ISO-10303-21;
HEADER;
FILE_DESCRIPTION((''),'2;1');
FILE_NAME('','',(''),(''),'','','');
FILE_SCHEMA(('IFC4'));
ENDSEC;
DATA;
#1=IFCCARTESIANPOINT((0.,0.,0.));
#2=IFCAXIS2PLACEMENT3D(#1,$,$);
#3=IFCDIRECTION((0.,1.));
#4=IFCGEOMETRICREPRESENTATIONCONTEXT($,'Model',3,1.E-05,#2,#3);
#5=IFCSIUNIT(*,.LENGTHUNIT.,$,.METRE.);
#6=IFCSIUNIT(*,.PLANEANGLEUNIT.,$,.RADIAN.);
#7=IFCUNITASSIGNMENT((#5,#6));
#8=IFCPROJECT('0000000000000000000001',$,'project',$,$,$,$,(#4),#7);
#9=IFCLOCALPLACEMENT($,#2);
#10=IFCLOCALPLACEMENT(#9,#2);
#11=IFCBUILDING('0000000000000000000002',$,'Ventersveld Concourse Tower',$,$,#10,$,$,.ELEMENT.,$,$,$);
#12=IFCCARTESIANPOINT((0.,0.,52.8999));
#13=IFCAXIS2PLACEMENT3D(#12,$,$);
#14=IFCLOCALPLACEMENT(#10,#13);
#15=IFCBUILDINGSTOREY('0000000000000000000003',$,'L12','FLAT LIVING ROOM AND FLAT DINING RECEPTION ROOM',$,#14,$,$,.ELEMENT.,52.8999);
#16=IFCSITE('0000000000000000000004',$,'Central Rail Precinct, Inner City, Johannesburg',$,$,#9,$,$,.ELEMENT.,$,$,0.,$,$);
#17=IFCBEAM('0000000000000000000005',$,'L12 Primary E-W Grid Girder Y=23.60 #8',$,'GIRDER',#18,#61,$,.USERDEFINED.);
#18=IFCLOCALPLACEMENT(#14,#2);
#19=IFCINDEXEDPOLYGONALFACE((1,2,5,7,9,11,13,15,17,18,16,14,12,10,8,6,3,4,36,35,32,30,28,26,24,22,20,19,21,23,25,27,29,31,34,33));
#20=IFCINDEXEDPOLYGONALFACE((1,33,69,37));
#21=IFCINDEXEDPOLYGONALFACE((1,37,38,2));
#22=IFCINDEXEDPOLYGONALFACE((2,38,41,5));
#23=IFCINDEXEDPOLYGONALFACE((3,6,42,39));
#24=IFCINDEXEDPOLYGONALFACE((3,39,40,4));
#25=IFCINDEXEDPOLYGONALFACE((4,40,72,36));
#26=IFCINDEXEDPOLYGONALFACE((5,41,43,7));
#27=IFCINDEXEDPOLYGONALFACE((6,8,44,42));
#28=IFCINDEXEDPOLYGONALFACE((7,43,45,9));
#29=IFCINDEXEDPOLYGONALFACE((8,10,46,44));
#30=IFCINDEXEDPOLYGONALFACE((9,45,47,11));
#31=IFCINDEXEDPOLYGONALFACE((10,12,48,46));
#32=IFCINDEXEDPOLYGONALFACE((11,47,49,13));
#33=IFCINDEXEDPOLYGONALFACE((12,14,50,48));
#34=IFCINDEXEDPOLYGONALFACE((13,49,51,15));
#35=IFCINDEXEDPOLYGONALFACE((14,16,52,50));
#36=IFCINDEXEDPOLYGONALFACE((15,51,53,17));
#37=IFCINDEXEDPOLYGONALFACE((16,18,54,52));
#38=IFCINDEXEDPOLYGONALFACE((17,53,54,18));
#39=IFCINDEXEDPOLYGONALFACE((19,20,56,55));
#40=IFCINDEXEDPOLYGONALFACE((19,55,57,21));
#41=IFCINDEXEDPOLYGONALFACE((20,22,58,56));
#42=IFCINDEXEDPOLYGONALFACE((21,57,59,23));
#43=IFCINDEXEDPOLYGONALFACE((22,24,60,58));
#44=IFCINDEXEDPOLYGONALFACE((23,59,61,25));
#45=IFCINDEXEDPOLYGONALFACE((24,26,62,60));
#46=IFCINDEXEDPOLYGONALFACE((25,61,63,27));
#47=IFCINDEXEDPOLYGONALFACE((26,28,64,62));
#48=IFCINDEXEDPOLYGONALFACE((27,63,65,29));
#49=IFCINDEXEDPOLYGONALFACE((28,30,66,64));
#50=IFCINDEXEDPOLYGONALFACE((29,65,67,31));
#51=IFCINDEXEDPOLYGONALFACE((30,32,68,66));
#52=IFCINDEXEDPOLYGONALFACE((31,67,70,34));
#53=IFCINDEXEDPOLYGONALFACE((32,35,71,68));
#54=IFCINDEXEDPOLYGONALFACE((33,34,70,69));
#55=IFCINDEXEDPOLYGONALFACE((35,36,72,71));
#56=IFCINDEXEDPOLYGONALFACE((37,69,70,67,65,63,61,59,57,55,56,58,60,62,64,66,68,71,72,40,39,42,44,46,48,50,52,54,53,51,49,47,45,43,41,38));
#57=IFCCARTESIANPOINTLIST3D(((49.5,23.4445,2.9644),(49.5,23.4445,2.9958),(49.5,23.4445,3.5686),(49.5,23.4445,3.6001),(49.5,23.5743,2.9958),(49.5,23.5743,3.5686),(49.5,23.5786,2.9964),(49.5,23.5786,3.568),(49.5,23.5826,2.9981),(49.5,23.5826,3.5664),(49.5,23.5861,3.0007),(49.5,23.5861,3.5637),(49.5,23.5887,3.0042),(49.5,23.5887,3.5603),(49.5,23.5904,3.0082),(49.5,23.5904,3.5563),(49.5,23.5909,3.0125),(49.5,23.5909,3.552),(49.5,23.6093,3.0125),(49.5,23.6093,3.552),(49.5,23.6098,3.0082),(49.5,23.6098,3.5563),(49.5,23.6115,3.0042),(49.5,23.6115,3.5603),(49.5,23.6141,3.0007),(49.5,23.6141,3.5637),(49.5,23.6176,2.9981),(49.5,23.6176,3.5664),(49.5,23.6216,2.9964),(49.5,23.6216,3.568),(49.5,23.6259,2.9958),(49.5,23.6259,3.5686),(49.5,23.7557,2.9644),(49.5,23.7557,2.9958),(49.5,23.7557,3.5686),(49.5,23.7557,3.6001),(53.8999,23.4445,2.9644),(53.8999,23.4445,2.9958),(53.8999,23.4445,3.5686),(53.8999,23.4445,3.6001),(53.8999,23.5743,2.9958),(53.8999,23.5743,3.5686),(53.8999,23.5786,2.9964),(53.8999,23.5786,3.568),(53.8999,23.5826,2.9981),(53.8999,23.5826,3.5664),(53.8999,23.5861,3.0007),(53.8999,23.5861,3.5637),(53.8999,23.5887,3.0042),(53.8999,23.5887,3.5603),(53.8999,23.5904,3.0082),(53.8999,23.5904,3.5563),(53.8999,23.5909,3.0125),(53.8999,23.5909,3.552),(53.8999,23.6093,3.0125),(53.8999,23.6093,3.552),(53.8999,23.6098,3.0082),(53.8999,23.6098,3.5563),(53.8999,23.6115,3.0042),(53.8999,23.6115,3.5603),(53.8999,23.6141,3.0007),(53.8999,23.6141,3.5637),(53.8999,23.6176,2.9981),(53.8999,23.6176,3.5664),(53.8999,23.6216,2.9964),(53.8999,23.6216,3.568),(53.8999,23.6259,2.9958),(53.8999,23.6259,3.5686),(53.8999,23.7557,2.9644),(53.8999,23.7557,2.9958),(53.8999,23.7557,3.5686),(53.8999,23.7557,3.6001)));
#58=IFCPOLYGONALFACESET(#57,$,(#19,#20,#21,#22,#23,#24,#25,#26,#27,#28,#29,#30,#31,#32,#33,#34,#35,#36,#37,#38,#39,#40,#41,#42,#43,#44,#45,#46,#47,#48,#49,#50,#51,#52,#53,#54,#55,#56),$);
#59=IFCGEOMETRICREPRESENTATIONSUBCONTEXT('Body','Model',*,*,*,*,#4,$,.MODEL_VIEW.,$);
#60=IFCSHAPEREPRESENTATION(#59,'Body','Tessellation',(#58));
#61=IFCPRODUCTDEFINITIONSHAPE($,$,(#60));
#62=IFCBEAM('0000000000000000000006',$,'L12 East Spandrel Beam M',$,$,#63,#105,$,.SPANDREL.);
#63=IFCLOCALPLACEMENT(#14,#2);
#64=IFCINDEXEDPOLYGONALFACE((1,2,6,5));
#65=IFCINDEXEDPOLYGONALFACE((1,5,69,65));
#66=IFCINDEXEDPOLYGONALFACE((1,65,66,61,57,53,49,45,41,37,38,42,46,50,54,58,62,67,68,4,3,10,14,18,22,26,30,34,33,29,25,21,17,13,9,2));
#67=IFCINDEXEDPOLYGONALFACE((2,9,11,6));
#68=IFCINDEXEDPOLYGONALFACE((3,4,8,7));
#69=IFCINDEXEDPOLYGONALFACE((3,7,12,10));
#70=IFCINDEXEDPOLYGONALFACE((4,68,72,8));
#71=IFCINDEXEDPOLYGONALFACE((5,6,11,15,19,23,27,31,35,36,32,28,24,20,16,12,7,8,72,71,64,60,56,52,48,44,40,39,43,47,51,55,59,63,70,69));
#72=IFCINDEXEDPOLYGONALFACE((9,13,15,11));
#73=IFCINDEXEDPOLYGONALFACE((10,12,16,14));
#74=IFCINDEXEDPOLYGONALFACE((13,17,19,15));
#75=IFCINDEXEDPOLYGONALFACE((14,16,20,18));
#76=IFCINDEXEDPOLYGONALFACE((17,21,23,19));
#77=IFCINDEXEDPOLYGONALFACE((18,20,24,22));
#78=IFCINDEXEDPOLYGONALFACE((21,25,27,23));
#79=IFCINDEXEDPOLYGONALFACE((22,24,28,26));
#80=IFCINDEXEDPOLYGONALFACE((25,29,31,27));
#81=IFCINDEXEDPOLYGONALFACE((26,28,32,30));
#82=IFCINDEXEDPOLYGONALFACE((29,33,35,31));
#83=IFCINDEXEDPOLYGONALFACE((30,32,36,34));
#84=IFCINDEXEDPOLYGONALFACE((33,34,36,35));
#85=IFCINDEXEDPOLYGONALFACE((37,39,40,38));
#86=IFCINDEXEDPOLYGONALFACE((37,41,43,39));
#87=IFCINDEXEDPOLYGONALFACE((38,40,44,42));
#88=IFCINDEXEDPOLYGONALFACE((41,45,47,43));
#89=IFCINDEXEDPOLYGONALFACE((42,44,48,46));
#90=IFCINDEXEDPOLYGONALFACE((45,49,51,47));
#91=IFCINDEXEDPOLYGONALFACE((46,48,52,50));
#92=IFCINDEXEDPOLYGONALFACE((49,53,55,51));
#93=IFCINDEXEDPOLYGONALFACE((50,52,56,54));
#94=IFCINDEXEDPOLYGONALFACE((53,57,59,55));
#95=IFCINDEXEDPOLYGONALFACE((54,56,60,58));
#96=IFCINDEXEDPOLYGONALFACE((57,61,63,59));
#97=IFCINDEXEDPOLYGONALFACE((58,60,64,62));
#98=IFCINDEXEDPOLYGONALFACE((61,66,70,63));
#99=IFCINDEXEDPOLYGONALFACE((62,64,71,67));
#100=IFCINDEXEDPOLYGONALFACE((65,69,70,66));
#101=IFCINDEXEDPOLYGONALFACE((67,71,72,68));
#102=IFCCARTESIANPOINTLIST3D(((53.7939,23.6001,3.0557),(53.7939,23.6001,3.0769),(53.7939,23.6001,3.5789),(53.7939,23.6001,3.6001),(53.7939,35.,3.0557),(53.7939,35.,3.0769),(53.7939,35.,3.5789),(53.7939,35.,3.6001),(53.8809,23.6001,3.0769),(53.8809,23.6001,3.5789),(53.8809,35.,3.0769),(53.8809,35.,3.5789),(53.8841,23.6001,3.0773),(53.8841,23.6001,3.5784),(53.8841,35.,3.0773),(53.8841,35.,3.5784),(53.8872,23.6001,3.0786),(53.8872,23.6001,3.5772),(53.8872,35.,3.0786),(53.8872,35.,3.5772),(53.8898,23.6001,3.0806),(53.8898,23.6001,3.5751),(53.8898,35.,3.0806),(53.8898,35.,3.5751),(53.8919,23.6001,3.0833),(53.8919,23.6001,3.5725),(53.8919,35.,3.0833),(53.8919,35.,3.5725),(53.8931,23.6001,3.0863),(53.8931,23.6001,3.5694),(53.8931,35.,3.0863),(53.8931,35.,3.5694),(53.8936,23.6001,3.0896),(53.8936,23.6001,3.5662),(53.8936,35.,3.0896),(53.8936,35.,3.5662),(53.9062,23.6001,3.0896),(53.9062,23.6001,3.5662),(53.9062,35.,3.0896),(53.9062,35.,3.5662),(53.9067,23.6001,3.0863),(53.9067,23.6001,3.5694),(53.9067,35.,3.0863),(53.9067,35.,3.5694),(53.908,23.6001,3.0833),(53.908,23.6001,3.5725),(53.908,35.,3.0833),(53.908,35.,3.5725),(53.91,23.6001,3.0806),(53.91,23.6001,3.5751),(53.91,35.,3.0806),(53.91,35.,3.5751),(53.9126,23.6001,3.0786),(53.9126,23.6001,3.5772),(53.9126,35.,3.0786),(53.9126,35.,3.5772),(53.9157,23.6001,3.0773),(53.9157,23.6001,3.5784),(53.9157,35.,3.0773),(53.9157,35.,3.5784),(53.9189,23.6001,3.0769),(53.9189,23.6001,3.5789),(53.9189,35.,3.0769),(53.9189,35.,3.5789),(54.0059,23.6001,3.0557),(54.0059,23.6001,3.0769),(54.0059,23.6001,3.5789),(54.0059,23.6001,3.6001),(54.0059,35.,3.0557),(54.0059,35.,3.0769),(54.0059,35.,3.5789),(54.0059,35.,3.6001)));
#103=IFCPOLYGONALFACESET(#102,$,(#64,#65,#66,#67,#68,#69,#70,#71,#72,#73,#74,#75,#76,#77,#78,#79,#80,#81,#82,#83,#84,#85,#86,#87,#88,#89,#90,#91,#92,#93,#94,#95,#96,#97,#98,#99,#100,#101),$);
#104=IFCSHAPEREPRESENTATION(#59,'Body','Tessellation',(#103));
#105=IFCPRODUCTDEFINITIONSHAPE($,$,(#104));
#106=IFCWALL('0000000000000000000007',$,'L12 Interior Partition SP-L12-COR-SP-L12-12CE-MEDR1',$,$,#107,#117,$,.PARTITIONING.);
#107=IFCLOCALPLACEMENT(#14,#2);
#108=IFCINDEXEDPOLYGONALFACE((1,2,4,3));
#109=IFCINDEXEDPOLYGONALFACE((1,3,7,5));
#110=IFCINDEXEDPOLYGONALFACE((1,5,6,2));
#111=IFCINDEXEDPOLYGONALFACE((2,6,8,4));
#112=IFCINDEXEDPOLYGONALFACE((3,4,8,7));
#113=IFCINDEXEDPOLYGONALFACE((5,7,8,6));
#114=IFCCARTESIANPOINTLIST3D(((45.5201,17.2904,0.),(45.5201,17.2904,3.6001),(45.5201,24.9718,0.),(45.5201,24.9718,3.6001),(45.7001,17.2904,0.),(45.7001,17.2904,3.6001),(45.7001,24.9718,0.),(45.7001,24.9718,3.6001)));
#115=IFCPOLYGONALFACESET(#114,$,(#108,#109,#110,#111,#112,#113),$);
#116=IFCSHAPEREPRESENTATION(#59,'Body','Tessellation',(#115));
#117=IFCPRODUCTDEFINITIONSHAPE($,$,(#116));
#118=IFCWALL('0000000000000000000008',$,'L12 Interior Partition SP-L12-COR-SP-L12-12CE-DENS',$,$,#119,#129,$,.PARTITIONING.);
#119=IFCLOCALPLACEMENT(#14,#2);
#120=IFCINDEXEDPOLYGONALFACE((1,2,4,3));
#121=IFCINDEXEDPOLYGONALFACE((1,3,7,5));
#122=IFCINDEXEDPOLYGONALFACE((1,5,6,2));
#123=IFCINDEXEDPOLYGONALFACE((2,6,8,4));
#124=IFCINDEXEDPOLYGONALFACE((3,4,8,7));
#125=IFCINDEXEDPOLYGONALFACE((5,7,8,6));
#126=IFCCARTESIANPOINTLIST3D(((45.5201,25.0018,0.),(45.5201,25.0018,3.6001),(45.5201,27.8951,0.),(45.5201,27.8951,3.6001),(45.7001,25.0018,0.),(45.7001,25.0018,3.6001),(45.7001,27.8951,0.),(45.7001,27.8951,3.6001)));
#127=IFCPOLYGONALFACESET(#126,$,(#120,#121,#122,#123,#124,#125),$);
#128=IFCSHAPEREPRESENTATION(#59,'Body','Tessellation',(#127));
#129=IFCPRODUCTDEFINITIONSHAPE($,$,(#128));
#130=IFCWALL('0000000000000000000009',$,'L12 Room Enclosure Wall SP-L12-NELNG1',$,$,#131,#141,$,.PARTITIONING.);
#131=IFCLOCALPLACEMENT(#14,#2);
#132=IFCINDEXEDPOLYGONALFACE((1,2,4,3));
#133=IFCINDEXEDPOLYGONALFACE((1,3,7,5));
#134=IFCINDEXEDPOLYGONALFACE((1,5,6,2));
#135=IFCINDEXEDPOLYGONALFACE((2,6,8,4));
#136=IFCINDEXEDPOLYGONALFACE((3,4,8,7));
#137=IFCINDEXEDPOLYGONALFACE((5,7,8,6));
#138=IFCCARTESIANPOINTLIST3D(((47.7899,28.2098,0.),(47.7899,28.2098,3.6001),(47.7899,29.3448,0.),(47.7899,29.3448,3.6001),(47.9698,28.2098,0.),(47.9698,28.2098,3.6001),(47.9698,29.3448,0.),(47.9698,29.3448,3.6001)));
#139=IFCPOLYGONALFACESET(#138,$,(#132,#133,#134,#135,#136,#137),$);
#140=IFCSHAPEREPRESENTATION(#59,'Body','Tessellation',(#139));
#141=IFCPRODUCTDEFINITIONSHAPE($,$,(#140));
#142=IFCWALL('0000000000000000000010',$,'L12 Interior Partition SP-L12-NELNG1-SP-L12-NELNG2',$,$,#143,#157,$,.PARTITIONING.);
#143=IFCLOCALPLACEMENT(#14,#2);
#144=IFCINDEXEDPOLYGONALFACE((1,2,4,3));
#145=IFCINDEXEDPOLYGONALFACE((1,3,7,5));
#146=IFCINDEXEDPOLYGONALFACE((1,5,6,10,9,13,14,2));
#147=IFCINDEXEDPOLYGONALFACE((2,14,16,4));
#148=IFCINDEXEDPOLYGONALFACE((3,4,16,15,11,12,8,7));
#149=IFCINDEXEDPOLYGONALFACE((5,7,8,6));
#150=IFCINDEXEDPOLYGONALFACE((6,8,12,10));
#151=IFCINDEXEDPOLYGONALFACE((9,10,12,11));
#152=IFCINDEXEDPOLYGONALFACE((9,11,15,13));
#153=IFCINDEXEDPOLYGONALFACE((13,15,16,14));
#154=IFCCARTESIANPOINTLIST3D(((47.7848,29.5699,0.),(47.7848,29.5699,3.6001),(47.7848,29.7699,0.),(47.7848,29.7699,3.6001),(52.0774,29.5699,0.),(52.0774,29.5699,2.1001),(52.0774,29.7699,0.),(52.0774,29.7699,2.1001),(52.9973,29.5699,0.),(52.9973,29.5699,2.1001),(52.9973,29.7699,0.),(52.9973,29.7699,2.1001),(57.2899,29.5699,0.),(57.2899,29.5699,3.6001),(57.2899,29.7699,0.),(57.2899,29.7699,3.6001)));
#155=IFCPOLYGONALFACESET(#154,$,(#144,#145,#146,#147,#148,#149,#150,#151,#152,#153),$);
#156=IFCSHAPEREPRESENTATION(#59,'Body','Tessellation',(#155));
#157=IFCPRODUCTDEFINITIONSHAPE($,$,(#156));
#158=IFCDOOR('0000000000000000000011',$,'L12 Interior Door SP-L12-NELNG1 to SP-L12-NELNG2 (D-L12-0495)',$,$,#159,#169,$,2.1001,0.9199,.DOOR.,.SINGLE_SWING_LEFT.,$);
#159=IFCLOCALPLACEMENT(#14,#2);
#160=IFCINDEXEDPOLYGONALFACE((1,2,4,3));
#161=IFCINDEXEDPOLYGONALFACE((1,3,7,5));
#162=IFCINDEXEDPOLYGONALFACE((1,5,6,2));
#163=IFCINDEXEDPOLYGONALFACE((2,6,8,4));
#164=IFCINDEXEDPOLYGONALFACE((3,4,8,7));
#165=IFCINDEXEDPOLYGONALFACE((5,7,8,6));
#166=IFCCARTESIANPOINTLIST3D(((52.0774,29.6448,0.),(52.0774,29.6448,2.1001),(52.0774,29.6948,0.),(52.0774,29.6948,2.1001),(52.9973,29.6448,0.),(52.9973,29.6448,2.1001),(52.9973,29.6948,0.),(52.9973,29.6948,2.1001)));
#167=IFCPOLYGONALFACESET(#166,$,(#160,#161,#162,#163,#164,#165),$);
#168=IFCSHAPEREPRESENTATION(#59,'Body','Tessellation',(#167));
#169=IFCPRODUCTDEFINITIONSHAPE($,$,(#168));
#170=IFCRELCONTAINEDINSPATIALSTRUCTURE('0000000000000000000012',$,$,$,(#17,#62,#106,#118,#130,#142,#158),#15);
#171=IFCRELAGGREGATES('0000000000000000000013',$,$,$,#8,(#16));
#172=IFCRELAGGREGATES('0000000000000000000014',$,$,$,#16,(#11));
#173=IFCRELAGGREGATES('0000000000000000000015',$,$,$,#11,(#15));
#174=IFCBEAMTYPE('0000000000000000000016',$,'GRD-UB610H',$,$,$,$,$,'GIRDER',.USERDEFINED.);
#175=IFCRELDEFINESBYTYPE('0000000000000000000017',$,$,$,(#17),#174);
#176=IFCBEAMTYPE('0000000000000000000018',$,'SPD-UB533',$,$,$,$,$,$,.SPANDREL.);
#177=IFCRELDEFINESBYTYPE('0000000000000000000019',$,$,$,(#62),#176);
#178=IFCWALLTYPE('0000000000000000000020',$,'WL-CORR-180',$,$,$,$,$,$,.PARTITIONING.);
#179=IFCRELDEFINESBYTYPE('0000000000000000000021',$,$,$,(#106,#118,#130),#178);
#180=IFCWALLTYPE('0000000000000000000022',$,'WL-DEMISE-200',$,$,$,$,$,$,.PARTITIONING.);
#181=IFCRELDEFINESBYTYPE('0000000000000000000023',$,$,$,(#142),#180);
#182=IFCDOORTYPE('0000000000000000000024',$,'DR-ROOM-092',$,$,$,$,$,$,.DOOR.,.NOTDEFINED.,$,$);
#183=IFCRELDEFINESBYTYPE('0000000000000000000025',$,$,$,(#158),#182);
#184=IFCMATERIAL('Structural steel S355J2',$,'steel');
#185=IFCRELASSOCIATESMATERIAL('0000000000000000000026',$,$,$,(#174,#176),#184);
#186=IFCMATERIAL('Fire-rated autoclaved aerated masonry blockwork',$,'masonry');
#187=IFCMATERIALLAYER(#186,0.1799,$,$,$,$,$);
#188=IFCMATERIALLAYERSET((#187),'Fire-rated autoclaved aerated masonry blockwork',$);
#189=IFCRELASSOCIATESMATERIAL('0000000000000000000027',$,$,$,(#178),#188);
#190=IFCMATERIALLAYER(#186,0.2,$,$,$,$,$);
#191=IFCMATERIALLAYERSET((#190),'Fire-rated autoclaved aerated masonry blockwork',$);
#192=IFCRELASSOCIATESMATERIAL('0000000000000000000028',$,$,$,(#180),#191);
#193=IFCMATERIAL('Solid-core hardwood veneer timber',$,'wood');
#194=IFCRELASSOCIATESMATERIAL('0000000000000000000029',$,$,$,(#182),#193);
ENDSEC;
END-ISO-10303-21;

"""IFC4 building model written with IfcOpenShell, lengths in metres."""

from ifc_helpers import new_model, si_unit, direction, frame, frame_2d, origin, origin_2d, place, context, subcontext, project, spatial, rectangle, i_section, extrude, material, layer, layer_set, material_profile, profile_set, type_object, element, fill, save


model = new_model("IFC4")

# Units and contexts
model_context = context("Model", 3, precision=1e-05, world=origin(), true_north=direction((0.0, 1.0)))
body_context = subcontext(model_context, "Body", "Model", "MODEL_VIEW")
ifc_project = project(units=[si_unit("LENGTHUNIT", "METRE"), si_unit("PLANEANGLEUNIT", "RADIAN")], contexts=[model_context])

# Site, building, storey
site_placement = place(None, origin())
site = spatial("IfcSite", under=ifc_project, at=site_placement, Name="Central Rail Precinct, Inner City, Johannesburg", CompositionType="ELEMENT", RefElevation=0.0)
building_placement = place(site_placement, origin())
building = spatial("IfcBuilding", under=site, at=building_placement, Name="Ventersveld Concourse Tower", CompositionType="ELEMENT")
storey_placement = place(building_placement, frame((0.0, 0.0, 52.8999)))
storey = spatial("IfcBuildingStorey", under=building, at=storey_placement, Name="L12", Description="FLAT LIVING ROOM AND FLAT DINING RECEPTION ROOM", CompositionType="ELEMENT", Elevation=52.8999)

# Beams
ifc_material_1 = material(Name="Structural steel S355J2", Category="steel")
ifc_material_profile_1 = material_profile(ifc_material_1, i_section(OverallWidth=0.3113, OverallDepth=0.6357, WebThickness=0.0183, FlangeThickness=0.0315, FilletRadius=0.0166, at=origin_2d()), Name="UB 610x305x238")
ifc_profile_set_1 = profile_set([ifc_material_profile_1], Name="Structural steel S355J2")
beam_type_1 = type_object("IfcBeamType", Name="GRD-UB610H", ElementType="GIRDER", PredefinedType="USERDEFINED", material=ifc_profile_set_1)
beam_1_placement = place(storey_placement, frame((49.5, 23.6001, 3.2822), z_axis=(1.0, 0.0, 0.0), x_axis=(0.0, 1.0, 0.0)))
element("IfcBeam", 1, at=beam_1_placement, inside=storey, type_object=beam_type_1, Name="L12 Primary E-W Grid Girder Y=23.60 #8", ObjectType="GIRDER", PredefinedType="USERDEFINED", context=body_context, shape_type="SweptSolid", body=[
    extrude(i_section(OverallWidth=0.3113, OverallDepth=0.6357, WebThickness=0.0183, FlangeThickness=0.0315, FilletRadius=0.0166, at=origin_2d()), origin(), (0.0, 0.0, 1.0), 4.3999),
])
ifc_material_profile_2 = material_profile(ifc_material_1, i_section(OverallWidth=0.2119, OverallDepth=0.5444, WebThickness=0.0127, FlangeThickness=0.0212, FilletRadius=0.0127, at=origin_2d()), Name="UB 533x210x122")
ifc_profile_set_2 = profile_set([ifc_material_profile_2], Name="Structural steel S355J2")
beam_type_2 = type_object("IfcBeamType", Name="SPD-UB533", PredefinedType="SPANDREL", material=ifc_profile_set_2)
beam_2_placement = place(storey_placement, frame((53.8999, 23.6001, 3.3279), z_axis=(0.0, 1.0, 0.0), x_axis=(-1.0, 0.0, 0.0)))
element("IfcBeam", 2, at=beam_2_placement, inside=storey, type_object=beam_type_2, Name="L12 East Spandrel Beam M", PredefinedType="SPANDREL", context=body_context, shape_type="SweptSolid", body=[
    extrude(i_section(OverallWidth=0.2119, OverallDepth=0.5444, WebThickness=0.0127, FlangeThickness=0.0212, FilletRadius=0.0127, at=origin_2d()), origin(), (0.0, 0.0, 1.0), 11.3999),
])

# Walls
ifc_material_2 = material(Name="Fire-rated autoclaved aerated masonry blockwork", Category="masonry")
ifc_layer_1 = layer(ifc_material_2, 0.1799)
ifc_layer_set_1 = layer_set([ifc_layer_1], Name="Fire-rated autoclaved aerated masonry blockwork")
wall_type_1 = type_object("IfcWallType", Name="WL-CORR-180", PredefinedType="PARTITIONING", material=ifc_layer_set_1)
wall_1_placement = place(storey_placement, frame((45.6101, 17.2903, 0.0), z_axis=(0.0, 0.0, 1.0), x_axis=(0.0, 1.0, 0.0)))
element("IfcWall", 3, at=wall_1_placement, inside=storey, type_object=wall_type_1, Name="L12 Interior Partition SP-L12-COR-SP-L12-12CE-MEDR1", PredefinedType="PARTITIONING", context=body_context, shape_type="SweptSolid", body=[
    extrude(rectangle(XDim=7.6814, YDim=0.1799, at=frame_2d((3.8408, 0.0))), origin(), (0.0, 0.0, 1.0), 3.6001),
])
wall_2_placement = place(storey_placement, frame((45.6101, 25.0017, 0.0), z_axis=(0.0, 0.0, 1.0), x_axis=(0.0, 1.0, 0.0)))
element("IfcWall", 4, at=wall_2_placement, inside=storey, type_object=wall_type_1, Name="L12 Interior Partition SP-L12-COR-SP-L12-12CE-DENS", PredefinedType="PARTITIONING", context=body_context, shape_type="SweptSolid", body=[
    extrude(rectangle(XDim=2.8933, YDim=0.1799, at=frame_2d((1.4468, 0.0))), origin(), (0.0, 0.0, 1.0), 3.6001),
])
wall_3_placement = place(storey_placement, frame((47.8799, 28.21, 0.0), z_axis=(0.0, 0.0, 1.0), x_axis=(0.0, 1.0, 0.0)))
element("IfcWall", 5, at=wall_3_placement, inside=storey, type_object=wall_type_1, Name="L12 Room Enclosure Wall SP-L12-NELNG1", PredefinedType="PARTITIONING", context=body_context, shape_type="SweptSolid", body=[
    extrude(rectangle(XDim=1.135, YDim=0.1799, at=frame_2d((0.5674, 0.0))), origin(), (0.0, 0.0, 1.0), 3.6001),
])

# Wall, opening, door
ifc_layer_2 = layer(ifc_material_2, 0.2)
ifc_layer_set_2 = layer_set([ifc_layer_2], Name="Fire-rated autoclaved aerated masonry blockwork")
wall_type_2 = type_object("IfcWallType", Name="WL-DEMISE-200", PredefinedType="PARTITIONING", material=ifc_layer_set_2)
wall_4_placement = place(storey_placement, frame((47.7849, 29.6699, 0.0), z_axis=(0.0, 0.0, 1.0), x_axis=(1.0, 0.0, 0.0)))
wall_4 = element("IfcWall", 6, at=wall_4_placement, inside=storey, type_object=wall_type_2, Name="L12 Interior Partition SP-L12-NELNG1-SP-L12-NELNG2", PredefinedType="PARTITIONING", context=body_context, shape_type="SweptSolid", body=[
    extrude(rectangle(XDim=9.5051, YDim=0.2, at=frame_2d((4.7524, 0.0))), origin(), (0.0, 0.0, 1.0), 3.6001),
])
opening_1_placement = place(wall_4_placement, frame((4.2925, 0.0, 0.0)))
opening_1 = element("IfcOpeningElement", 7, at=opening_1_placement, cuts=wall_4, PredefinedType="OPENING", context=body_context, shape_type="SweptSolid", body=[
    extrude(rectangle(XDim=0.9199, YDim=2.1001, at=frame_2d((0.46, 1.05))), frame((0.0, 0.1099, 0.0), z_axis=(0.0, -1.0, 0.0), x_axis=(1.0, 0.0, 0.0)), (0.0, 0.0, 1.0), 0.22),
])
ifc_material_3 = material(Name="Solid-core hardwood veneer timber", Category="wood")
door_type = type_object("IfcDoorType", Name="DR-ROOM-092", OperationType="NOTDEFINED", PredefinedType="DOOR", material=ifc_material_3)
door_1_placement = place(opening_1_placement, origin())
door_1 = element("IfcDoor", 8, at=door_1_placement, inside=storey, type_object=door_type, Name="L12 Interior Door SP-L12-NELNG1 to SP-L12-NELNG2 (D-L12-0495)", OperationType="SINGLE_SWING_LEFT", OverallHeight=2.1001, OverallWidth=0.9199, PredefinedType="DOOR", context=body_context, shape_type="SweptSolid", body=[
    extrude(rectangle(XDim=0.9199, YDim=2.1001, at=frame_2d((0.46, 1.05))), frame((0.0, 0.0249, 0.0), z_axis=(0.0, -1.0, 0.0), x_axis=(1.0, 0.0, 0.0)), (0.0, 0.0, 1.0), 0.05),
])
fill(opening_1, door_1)

save(model, "model.ifc")
